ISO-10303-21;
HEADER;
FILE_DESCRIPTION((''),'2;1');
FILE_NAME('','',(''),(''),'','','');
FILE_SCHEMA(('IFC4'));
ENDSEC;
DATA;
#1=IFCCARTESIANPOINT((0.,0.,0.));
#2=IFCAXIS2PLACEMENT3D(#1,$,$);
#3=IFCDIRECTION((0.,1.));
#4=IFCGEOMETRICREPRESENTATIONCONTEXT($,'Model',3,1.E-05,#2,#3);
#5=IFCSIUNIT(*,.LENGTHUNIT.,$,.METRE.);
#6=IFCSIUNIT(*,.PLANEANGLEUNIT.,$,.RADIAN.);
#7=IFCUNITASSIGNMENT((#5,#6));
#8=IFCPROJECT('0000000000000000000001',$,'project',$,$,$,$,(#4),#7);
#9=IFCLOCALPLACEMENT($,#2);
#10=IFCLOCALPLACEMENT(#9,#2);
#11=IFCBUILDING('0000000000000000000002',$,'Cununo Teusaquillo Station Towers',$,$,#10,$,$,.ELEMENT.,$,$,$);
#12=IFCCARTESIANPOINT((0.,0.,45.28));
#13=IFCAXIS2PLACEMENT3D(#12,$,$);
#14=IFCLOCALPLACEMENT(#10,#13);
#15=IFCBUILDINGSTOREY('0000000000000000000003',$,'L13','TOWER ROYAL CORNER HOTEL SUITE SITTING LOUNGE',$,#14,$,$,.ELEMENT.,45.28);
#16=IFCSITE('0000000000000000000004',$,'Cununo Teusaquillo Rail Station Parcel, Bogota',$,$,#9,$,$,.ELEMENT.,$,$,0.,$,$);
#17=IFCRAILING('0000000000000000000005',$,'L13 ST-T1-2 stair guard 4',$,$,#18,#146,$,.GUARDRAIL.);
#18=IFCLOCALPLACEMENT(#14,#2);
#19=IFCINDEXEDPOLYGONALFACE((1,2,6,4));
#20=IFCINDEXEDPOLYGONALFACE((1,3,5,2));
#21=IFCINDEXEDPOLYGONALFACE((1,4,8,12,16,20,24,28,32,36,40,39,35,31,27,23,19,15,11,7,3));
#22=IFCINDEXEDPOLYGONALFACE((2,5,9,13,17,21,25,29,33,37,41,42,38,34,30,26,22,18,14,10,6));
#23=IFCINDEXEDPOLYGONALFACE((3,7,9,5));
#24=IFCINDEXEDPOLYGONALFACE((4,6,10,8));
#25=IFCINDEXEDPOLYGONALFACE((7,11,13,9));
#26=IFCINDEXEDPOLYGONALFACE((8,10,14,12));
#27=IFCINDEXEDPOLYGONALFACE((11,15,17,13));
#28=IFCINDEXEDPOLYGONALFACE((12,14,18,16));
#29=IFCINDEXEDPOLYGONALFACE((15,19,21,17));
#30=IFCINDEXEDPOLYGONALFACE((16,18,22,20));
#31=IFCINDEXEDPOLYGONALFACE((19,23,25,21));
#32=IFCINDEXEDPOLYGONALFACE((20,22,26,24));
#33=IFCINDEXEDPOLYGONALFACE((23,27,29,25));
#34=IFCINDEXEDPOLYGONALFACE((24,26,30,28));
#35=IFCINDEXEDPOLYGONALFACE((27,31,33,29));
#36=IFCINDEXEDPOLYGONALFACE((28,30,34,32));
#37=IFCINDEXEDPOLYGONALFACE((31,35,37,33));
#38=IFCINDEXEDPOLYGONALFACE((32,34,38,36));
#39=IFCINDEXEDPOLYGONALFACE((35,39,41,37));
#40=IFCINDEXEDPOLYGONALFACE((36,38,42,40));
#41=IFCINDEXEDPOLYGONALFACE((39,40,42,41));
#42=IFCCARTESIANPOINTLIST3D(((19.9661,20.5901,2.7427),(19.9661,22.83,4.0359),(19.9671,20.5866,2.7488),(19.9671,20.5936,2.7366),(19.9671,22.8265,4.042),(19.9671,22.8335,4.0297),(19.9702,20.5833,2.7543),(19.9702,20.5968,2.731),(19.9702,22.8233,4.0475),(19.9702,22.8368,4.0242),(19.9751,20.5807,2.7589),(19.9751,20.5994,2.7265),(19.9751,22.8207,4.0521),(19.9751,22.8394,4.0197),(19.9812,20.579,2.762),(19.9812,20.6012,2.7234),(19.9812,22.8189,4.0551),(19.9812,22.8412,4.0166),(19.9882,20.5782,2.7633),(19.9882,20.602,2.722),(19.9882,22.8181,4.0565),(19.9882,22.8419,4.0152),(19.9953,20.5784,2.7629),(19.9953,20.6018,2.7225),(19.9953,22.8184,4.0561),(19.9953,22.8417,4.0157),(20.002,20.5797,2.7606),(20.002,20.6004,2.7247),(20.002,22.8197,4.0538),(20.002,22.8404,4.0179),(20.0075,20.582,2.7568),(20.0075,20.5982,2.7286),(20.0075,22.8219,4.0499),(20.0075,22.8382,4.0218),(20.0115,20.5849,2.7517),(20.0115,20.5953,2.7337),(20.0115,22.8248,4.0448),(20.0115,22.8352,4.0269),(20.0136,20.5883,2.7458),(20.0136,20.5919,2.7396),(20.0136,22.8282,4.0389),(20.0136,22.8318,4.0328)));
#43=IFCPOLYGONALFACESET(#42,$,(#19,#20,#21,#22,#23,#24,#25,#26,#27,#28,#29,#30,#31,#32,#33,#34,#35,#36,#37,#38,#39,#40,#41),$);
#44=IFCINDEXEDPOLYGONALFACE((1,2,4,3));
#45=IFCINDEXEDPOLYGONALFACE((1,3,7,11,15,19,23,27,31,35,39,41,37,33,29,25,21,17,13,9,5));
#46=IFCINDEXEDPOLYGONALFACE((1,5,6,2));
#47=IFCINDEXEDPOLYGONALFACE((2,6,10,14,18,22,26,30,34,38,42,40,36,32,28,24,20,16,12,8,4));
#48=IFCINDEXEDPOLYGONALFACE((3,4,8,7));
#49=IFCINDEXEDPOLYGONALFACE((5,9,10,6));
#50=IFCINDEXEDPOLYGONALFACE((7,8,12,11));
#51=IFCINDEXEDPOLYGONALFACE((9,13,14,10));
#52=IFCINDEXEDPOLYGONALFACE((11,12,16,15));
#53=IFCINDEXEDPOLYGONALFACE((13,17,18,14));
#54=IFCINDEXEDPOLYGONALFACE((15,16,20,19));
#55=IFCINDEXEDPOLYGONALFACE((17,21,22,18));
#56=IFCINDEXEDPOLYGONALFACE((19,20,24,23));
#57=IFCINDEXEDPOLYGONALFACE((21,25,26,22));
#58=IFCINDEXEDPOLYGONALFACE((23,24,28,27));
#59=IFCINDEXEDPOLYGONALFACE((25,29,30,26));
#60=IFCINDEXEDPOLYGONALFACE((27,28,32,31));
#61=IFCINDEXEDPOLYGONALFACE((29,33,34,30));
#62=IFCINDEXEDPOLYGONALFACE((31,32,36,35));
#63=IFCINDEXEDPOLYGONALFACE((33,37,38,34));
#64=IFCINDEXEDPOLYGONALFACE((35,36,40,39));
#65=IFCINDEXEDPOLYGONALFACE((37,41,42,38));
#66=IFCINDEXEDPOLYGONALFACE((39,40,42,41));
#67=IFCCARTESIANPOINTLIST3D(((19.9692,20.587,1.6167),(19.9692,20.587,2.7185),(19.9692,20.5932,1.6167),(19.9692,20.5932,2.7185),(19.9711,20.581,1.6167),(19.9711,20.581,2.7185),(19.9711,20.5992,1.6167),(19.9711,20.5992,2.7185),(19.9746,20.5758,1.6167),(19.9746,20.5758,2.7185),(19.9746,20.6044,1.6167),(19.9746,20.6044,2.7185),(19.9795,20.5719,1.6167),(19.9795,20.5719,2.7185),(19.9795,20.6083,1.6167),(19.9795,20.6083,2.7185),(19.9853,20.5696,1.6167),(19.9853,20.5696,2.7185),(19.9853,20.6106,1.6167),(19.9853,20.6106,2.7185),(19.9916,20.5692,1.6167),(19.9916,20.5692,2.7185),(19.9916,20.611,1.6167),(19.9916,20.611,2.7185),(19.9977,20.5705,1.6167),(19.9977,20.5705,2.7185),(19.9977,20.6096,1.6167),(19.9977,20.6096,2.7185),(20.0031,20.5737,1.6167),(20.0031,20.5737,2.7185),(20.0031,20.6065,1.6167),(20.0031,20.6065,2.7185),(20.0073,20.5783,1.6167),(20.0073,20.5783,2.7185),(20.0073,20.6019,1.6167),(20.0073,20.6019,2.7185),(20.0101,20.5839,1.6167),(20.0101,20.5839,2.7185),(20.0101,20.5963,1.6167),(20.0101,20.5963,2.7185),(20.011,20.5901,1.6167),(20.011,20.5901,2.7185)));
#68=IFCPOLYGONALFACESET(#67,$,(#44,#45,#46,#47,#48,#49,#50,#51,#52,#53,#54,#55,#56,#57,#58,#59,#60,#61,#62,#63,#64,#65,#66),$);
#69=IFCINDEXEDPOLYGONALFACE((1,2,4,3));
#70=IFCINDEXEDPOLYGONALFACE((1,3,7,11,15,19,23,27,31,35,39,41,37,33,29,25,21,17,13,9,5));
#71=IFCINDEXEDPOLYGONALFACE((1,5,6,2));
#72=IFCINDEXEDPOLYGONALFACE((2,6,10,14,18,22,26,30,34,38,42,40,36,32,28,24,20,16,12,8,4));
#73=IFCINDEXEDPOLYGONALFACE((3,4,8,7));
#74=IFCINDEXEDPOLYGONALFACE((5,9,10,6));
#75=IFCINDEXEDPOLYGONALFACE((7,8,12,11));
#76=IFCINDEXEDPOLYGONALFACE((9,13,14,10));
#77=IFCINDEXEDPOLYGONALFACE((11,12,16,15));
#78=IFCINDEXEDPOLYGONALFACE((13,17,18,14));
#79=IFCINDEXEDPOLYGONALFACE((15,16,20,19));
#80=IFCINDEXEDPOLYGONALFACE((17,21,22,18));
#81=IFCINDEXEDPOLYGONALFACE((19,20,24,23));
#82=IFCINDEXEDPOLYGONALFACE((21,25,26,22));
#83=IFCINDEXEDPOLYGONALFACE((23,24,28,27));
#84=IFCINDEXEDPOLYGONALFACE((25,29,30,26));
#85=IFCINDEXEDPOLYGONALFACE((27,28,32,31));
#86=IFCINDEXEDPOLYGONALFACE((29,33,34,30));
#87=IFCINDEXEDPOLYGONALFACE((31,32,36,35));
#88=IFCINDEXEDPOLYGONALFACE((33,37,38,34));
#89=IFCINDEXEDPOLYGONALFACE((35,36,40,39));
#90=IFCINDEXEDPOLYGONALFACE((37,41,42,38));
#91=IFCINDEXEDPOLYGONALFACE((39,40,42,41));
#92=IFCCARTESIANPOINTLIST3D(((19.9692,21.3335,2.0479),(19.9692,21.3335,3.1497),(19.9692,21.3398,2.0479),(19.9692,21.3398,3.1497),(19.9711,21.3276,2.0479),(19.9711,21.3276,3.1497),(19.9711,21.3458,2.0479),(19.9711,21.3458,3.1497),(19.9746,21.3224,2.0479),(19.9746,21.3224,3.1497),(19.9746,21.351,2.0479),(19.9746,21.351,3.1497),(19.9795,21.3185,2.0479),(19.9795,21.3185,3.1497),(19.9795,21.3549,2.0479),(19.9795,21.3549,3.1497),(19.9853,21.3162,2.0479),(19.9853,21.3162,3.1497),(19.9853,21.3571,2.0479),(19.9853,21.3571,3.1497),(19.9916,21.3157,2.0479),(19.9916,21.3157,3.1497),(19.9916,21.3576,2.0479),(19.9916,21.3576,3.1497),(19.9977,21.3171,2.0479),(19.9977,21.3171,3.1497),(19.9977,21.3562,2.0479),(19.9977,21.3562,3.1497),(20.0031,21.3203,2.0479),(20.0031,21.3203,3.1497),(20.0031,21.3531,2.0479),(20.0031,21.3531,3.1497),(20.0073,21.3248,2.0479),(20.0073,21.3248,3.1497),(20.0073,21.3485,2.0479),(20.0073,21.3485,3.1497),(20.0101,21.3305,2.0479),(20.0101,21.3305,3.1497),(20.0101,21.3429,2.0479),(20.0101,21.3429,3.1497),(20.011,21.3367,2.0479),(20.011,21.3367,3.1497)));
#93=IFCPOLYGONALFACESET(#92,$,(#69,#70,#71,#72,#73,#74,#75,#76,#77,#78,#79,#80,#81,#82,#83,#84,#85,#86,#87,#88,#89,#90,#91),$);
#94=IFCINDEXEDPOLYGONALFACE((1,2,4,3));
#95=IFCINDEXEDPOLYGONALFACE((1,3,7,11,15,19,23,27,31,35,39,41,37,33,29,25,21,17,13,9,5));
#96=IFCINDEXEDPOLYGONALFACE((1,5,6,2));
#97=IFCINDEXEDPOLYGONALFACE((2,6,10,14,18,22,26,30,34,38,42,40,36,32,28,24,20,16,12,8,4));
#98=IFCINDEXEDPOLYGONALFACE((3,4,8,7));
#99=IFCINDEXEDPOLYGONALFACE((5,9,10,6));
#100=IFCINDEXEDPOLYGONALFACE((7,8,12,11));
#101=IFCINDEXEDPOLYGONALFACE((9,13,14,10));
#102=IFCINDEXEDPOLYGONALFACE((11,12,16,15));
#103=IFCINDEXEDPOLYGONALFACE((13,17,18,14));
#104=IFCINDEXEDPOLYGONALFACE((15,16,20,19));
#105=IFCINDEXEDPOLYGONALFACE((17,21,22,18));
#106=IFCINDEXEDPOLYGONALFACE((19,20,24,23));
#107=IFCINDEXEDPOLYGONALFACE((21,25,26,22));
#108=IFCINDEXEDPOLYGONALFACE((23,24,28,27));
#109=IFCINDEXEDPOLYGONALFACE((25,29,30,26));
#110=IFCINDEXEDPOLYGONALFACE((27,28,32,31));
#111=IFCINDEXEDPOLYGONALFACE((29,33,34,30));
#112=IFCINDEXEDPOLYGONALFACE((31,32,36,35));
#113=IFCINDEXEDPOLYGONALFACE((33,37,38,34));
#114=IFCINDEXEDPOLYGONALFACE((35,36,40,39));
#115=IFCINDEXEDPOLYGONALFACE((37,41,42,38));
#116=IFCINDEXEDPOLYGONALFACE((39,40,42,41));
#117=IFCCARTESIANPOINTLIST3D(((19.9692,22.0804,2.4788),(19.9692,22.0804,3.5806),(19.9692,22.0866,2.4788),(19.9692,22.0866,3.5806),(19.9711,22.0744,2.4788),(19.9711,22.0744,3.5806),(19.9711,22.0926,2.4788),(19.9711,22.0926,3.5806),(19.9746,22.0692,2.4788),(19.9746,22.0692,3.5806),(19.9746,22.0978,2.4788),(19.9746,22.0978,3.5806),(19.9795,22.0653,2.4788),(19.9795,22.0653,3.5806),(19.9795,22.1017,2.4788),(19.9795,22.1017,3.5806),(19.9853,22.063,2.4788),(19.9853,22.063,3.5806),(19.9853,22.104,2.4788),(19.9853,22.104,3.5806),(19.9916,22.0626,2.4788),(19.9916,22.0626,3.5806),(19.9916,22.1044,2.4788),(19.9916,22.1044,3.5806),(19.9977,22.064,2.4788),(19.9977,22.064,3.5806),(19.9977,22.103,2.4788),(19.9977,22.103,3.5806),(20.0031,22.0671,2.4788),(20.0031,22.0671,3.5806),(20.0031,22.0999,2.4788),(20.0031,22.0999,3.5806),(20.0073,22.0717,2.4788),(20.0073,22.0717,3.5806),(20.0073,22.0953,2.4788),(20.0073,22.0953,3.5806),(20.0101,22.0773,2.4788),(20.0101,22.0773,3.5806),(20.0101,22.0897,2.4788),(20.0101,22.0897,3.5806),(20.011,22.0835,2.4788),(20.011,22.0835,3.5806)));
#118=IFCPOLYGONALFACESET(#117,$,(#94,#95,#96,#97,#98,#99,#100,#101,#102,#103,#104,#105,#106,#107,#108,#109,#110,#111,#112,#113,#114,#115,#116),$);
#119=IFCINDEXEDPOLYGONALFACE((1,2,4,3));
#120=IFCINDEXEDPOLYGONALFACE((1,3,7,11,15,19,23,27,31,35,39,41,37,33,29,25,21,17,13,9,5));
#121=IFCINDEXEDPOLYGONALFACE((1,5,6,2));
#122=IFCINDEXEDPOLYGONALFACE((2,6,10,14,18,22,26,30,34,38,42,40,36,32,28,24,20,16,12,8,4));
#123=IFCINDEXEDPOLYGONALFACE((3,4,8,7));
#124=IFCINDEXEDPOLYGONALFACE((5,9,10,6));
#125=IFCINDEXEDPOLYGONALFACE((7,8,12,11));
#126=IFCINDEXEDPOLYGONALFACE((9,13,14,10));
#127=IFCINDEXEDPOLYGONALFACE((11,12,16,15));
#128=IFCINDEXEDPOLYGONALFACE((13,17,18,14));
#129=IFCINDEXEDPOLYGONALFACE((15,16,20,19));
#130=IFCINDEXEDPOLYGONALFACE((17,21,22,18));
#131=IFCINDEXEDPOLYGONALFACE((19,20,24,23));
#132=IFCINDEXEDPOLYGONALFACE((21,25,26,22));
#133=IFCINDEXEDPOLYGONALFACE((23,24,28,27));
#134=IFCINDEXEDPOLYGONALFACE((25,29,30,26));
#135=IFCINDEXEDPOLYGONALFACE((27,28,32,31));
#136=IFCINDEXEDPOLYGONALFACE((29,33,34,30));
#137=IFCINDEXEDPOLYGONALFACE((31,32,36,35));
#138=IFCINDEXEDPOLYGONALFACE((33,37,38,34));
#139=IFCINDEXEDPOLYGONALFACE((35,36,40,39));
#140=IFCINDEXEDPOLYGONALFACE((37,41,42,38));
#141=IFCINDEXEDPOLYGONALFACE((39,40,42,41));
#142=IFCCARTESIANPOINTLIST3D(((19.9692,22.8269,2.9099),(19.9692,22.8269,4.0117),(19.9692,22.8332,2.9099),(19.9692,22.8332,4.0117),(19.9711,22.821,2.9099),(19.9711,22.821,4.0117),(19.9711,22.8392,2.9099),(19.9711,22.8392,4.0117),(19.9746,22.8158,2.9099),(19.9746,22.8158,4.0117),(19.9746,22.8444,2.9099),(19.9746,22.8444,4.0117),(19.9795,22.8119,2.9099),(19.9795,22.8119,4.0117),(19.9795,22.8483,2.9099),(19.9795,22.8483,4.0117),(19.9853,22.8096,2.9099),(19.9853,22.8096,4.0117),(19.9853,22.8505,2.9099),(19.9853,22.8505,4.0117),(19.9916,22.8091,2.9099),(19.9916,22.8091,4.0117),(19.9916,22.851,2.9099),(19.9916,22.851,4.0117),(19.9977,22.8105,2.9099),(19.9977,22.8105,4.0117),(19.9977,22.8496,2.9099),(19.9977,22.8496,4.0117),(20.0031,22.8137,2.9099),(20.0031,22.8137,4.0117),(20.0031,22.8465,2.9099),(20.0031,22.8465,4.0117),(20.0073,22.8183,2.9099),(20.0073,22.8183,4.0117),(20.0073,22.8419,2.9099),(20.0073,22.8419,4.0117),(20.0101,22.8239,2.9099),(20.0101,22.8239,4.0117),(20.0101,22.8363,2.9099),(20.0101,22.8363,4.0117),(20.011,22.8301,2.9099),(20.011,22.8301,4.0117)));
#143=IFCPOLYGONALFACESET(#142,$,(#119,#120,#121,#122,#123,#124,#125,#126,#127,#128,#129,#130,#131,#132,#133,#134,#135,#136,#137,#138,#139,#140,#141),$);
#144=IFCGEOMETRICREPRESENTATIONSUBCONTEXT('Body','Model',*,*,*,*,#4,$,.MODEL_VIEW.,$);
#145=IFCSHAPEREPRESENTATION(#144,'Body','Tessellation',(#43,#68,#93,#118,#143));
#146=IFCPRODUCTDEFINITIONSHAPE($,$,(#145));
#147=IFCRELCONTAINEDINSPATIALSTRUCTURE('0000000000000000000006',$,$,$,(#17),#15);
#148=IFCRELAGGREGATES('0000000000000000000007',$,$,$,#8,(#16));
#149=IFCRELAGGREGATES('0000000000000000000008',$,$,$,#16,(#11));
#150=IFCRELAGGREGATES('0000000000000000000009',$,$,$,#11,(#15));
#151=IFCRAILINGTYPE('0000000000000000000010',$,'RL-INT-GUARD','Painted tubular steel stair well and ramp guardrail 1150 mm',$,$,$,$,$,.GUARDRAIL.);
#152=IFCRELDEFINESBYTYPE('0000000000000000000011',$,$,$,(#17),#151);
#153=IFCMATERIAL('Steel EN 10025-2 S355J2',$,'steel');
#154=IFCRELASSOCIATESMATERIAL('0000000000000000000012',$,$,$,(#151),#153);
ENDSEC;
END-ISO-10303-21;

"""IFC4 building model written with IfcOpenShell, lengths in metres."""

from ifc_helpers import new_model, si_unit, direction, frame, origin, origin_2d, place, context, subcontext, project, spatial, circle, extrude, material, type_object, element, save


model = new_model("IFC4")

# Units and contexts
model_context = context("Model", 3, precision=1e-05, world=origin(), true_north=direction((0.0, 1.0)))
body_context = subcontext(model_context, "Body", "Model", "MODEL_VIEW")
ifc_project = project(units=[si_unit("LENGTHUNIT", "METRE"), si_unit("PLANEANGLEUNIT", "RADIAN")], contexts=[model_context])

# Site, building, storey
site_placement = place(None, origin())
site = spatial("IfcSite", under=ifc_project, at=site_placement, Name="Cununo Teusaquillo Rail Station Parcel, Bogota", CompositionType="ELEMENT", RefElevation=0.0)
building_placement = place(site_placement, origin())
building = spatial("IfcBuilding", under=site, at=building_placement, Name="Cununo Teusaquillo Station Towers", CompositionType="ELEMENT")
storey_placement = place(building_placement, frame((0.0, 0.0, 45.28)))
storey = spatial("IfcBuildingStorey", under=building, at=storey_placement, Name="L13", Description="TOWER ROYAL CORNER HOTEL SUITE SITTING LOUNGE", CompositionType="ELEMENT", Elevation=45.28)

# Railing
ifc_material_1 = material(Name="Steel EN 10025-2 S355J2", Category="steel")
railing_type_1 = type_object("IfcRailingType", Name="RL-INT-GUARD", Description="Painted tubular steel stair well and ramp guardrail 1150 mm", PredefinedType="GUARDRAIL", material=ifc_material_1)
railing_1_placement = place(storey_placement, frame((19.99, 20.5901, 1.6167)))
element("IfcRailing", 1, at=railing_1_placement, inside=storey, type_object=railing_type_1, Name="L13 ST-T1-2 stair guard 4", PredefinedType="GUARDRAIL", context=body_context, shape_type="SweptSolid", body=[
    extrude(circle(Radius=0.0239, at=origin_2d()), frame((0.0, 0.0, 1.126), z_axis=(0.0, 0.866033, 0.499987), x_axis=(-1.0, 0.0, 0.0)), (0.0, 0.0, 1.0), 2.5864),
    extrude(circle(Radius=0.021, at=origin_2d()), origin(), (0.0, 0.0, 1.0), 1.1018),
    extrude(circle(Radius=0.021, at=origin_2d()), frame((0.0, 0.7466, 0.4312)), (0.0, 0.0, 1.0), 1.1018),
    extrude(circle(Radius=0.021, at=origin_2d()), frame((0.0, 1.4934, 0.8621)), (0.0, 0.0, 1.0), 1.1018),
    extrude(circle(Radius=0.021, at=origin_2d()), frame((0.0, 2.24, 1.2932)), (0.0, 0.0, 1.0), 1.1018),
])

save(model, "model.ifc")
